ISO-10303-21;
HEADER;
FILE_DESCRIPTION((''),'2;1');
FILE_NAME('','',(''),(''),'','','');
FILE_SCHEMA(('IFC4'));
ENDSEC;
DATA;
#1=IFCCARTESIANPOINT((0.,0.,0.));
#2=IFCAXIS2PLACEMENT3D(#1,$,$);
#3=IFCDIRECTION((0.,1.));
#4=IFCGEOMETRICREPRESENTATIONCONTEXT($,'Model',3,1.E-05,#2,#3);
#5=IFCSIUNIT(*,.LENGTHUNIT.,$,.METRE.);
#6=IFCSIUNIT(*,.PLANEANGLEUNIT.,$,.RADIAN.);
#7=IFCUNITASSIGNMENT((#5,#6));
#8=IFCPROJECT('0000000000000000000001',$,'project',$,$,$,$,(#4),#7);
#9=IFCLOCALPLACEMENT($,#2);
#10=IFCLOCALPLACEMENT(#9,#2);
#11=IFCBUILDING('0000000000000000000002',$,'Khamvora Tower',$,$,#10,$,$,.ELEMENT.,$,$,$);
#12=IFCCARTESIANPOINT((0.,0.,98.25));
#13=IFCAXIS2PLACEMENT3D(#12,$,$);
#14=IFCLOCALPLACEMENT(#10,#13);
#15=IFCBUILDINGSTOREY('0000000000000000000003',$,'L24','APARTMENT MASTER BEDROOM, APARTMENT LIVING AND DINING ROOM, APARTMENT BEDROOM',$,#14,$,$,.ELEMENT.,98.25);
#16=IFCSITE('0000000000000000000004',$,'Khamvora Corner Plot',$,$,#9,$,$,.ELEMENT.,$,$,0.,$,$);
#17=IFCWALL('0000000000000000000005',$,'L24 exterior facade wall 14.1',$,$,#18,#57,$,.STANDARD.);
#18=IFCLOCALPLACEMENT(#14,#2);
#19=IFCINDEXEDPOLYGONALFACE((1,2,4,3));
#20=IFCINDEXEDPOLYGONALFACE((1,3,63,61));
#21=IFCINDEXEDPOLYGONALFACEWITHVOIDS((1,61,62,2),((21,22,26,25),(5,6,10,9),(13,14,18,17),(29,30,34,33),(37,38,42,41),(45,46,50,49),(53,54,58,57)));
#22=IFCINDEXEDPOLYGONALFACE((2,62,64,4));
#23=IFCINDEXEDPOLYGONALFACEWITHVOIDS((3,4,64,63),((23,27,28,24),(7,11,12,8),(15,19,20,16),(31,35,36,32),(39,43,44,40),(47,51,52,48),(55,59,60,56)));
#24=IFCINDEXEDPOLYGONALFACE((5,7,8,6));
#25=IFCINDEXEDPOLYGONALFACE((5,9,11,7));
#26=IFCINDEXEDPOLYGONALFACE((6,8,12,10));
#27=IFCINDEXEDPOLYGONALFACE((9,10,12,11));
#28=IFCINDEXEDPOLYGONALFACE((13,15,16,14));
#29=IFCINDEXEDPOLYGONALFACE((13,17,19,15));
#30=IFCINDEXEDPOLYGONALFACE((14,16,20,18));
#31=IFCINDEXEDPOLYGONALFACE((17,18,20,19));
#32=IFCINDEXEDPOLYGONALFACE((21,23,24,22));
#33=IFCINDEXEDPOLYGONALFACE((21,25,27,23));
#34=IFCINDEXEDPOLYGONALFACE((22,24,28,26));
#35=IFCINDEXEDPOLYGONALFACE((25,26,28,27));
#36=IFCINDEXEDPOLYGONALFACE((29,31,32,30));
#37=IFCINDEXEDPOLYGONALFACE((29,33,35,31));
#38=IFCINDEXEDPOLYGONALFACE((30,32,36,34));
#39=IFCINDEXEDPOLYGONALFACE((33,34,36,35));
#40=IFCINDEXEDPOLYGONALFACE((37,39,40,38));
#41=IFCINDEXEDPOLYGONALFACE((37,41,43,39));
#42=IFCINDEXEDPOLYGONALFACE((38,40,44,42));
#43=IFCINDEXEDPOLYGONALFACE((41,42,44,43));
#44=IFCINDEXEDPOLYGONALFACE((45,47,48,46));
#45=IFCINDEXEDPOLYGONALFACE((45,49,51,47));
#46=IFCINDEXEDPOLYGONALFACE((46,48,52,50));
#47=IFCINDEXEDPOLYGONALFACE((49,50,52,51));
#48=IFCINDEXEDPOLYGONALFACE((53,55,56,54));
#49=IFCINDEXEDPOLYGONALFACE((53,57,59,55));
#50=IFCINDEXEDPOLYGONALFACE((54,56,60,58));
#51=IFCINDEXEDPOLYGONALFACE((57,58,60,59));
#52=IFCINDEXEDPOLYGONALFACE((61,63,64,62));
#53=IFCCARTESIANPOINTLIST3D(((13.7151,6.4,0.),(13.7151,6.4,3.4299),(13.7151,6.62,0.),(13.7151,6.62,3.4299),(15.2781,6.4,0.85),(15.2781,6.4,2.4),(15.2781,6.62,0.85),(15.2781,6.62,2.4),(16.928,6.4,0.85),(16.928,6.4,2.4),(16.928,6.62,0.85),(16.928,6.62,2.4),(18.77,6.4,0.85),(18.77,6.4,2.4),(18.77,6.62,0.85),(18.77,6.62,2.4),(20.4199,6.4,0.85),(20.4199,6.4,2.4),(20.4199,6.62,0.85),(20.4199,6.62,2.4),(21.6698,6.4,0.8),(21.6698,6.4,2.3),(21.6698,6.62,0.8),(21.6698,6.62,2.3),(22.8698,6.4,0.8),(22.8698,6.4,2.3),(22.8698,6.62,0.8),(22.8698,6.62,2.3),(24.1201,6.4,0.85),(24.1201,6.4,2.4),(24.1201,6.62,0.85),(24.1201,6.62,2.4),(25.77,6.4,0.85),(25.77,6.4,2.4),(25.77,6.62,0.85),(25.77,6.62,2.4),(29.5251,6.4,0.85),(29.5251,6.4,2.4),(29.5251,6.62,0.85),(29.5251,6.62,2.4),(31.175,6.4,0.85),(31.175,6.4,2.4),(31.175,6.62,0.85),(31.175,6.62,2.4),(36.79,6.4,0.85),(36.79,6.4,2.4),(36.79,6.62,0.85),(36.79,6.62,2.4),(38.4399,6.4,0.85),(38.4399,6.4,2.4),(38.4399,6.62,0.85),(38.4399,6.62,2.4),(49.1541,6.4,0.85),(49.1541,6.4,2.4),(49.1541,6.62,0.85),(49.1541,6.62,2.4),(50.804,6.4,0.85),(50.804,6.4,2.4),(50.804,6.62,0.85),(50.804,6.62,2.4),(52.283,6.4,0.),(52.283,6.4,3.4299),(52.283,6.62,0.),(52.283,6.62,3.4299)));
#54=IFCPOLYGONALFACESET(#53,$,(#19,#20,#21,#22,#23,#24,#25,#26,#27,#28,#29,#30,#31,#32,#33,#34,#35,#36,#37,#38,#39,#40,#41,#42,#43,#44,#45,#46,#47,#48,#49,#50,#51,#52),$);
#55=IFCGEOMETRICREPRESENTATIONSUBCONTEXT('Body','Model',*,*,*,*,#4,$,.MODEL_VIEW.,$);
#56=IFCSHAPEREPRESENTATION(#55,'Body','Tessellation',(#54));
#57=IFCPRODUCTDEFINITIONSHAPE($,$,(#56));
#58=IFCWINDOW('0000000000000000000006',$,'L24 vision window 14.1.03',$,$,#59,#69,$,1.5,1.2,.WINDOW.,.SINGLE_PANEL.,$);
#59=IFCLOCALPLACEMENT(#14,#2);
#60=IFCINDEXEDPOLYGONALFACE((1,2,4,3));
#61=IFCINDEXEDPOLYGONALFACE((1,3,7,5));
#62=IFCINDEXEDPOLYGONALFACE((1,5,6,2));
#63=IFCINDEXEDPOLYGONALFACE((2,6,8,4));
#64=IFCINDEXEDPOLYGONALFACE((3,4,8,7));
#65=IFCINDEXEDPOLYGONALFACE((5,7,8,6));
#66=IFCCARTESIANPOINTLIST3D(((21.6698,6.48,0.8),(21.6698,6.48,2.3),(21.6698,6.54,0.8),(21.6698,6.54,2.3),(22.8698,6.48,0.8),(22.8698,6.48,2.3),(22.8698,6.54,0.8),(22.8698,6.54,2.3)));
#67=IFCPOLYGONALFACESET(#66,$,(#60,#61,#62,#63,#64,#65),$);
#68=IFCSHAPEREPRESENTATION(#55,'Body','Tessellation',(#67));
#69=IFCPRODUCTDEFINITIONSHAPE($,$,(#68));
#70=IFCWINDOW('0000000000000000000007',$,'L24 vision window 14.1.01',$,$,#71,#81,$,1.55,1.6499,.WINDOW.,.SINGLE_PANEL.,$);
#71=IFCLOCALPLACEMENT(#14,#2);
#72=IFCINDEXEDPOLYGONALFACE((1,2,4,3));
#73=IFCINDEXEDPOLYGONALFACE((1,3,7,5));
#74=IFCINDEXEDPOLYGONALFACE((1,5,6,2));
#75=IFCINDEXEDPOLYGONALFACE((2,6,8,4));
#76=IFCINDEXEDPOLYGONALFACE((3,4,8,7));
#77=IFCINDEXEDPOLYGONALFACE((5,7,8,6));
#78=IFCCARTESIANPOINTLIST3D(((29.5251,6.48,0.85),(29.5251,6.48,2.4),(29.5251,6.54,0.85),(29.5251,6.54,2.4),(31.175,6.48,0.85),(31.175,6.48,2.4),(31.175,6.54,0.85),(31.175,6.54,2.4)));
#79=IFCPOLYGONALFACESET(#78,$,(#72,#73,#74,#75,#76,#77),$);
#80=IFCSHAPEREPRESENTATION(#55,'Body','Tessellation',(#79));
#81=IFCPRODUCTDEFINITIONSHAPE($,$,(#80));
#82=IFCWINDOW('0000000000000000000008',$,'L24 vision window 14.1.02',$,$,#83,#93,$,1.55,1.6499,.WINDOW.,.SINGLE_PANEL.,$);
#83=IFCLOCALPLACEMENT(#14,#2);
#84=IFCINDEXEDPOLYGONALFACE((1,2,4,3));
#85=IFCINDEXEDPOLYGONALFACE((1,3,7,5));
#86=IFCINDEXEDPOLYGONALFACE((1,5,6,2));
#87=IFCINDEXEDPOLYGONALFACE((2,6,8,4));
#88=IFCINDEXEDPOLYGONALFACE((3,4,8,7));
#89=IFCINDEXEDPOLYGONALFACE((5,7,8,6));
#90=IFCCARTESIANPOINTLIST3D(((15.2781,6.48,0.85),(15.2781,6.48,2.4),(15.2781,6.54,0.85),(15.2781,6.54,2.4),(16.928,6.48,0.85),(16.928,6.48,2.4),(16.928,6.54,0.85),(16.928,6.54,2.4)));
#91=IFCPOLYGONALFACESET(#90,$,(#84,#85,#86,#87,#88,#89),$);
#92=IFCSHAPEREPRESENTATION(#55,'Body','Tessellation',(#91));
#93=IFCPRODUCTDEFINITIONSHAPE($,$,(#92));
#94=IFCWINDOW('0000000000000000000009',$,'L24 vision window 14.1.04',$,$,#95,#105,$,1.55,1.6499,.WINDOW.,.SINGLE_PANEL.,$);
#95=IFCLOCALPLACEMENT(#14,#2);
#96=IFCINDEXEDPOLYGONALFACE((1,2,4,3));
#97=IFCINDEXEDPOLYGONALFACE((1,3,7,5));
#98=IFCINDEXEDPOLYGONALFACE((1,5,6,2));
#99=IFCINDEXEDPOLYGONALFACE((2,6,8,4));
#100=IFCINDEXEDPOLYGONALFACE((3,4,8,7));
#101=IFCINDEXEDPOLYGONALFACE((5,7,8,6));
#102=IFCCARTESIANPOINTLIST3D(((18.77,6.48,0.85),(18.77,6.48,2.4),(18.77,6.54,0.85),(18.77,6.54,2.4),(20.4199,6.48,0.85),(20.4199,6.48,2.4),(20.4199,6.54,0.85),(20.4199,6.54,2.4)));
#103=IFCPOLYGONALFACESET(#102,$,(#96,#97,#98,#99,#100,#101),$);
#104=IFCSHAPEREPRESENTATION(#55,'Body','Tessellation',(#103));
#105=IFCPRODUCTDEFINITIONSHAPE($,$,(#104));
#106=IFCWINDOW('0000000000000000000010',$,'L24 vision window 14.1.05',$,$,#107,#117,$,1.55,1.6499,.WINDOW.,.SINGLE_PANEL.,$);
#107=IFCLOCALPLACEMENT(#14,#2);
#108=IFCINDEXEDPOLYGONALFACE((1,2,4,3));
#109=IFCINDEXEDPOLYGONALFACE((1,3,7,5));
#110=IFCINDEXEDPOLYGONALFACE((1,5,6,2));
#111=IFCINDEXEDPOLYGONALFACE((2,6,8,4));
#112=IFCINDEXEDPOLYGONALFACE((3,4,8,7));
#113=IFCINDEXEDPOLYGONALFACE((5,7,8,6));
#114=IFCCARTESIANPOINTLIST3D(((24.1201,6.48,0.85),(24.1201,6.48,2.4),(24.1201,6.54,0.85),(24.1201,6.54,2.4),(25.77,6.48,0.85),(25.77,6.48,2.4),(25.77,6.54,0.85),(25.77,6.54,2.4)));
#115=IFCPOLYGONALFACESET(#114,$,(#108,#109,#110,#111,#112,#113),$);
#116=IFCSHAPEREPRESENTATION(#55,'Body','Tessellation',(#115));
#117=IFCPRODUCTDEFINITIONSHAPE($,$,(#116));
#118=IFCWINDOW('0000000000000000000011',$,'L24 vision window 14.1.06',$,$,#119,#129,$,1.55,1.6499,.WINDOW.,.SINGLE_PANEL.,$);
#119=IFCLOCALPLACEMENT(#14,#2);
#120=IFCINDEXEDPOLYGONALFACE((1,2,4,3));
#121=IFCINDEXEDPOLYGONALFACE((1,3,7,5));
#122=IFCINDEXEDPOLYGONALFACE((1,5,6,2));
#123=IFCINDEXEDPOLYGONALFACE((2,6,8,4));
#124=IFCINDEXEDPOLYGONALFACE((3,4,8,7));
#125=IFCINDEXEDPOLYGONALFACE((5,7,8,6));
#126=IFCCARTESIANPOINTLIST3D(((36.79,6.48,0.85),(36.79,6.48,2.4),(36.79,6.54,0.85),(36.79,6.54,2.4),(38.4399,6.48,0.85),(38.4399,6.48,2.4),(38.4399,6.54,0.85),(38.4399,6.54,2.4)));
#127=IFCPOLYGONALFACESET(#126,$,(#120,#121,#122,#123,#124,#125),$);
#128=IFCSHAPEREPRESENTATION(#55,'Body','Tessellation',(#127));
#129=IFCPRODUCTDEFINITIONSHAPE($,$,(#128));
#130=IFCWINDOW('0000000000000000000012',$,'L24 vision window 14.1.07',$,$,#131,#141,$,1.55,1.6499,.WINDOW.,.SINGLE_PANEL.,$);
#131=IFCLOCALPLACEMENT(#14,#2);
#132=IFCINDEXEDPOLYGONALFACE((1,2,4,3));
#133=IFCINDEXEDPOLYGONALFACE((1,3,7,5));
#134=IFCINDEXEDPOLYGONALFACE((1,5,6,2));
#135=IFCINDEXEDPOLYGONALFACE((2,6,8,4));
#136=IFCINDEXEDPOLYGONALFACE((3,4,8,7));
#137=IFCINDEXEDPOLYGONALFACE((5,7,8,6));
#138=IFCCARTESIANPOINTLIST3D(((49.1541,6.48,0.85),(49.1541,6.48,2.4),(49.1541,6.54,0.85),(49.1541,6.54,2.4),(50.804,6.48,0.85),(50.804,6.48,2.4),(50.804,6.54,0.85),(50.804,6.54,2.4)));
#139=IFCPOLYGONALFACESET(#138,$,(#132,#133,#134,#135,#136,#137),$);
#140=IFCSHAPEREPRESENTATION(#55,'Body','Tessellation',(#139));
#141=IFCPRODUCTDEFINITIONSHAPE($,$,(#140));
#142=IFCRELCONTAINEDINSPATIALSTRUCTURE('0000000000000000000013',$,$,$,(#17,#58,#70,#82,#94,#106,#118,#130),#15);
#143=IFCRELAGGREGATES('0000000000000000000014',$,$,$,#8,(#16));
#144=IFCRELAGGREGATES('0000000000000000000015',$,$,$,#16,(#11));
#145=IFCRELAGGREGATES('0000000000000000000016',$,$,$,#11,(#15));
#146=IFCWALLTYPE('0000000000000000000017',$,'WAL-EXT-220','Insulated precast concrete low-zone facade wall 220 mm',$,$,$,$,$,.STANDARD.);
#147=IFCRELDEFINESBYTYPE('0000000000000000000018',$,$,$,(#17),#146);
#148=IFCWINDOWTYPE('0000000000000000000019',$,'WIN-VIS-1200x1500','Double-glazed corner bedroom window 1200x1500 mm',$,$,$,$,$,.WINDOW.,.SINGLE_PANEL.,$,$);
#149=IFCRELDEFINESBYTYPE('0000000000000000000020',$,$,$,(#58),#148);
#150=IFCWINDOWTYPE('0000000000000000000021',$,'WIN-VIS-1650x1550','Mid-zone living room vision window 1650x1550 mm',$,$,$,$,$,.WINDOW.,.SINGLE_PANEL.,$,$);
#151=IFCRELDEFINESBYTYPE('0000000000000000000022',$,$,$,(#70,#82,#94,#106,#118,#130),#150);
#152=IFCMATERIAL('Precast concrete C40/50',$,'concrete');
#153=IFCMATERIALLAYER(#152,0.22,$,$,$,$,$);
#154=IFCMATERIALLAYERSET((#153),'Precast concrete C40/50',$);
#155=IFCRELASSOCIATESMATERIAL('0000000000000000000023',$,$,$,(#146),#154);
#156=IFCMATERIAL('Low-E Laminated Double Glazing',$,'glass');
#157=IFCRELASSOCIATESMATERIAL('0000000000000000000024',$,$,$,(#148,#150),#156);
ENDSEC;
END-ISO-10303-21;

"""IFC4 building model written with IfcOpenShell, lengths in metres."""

from ifc_helpers import new_model, si_unit, direction, frame, frame_2d, origin, place, context, subcontext, project, spatial, rectangle, extrude, material, layer, layer_set, type_object, element, fill, save


model = new_model("IFC4")

# Units and contexts
model_context = context("Model", 3, precision=1e-05, world=origin(), true_north=direction((0.0, 1.0)))
body_context = subcontext(model_context, "Body", "Model", "MODEL_VIEW")
ifc_project = project(units=[si_unit("LENGTHUNIT", "METRE"), si_unit("PLANEANGLEUNIT", "RADIAN")], contexts=[model_context])

# Site, building, storey
site_placement = place(None, origin())
site = spatial("IfcSite", under=ifc_project, at=site_placement, Name="Khamvora Corner Plot", CompositionType="ELEMENT", RefElevation=0.0)
building_placement = place(site_placement, origin())
building = spatial("IfcBuilding", under=site, at=building_placement, Name="Khamvora Tower", CompositionType="ELEMENT")
storey_placement = place(building_placement, frame((0.0, 0.0, 98.25)))
storey = spatial("IfcBuildingStorey", under=building, at=storey_placement, Name="L24", Description="APARTMENT MASTER BEDROOM, APARTMENT LIVING AND DINING ROOM, APARTMENT BEDROOM", CompositionType="ELEMENT", Elevation=98.25)

# Shared definitions
ifc_material_1 = material(Name="Precast concrete C40/50", Category="concrete")
ifc_layer_1 = layer(ifc_material_1, 0.22)
ifc_layer_set_1 = layer_set([ifc_layer_1], Name="Precast concrete C40/50")
wall_type_1 = type_object("IfcWallType", Name="WAL-EXT-220", Description="Insulated precast concrete low-zone facade wall 220 mm", PredefinedType="STANDARD", material=ifc_layer_set_1)

# Wall, openings, windows
wall_1_placement = place(storey_placement, frame((52.283, 6.51, 0.0), z_axis=(0.0, 0.0, 1.0), x_axis=(-1.0, 0.0, 0.0)))
wall_1 = element("IfcWall", 1, at=wall_1_placement, inside=storey, type_object=wall_type_1, Name="L24 exterior facade wall 14.1", PredefinedType="STANDARD", context=body_context, shape_type="SweptSolid", body=[
    extrude(rectangle(XDim=38.5679, YDim=0.22, at=frame_2d((19.2839, 0.0))), origin(), (0.0, 0.0, 1.0), 3.4299),
])
opening_1_placement = place(wall_1_placement, frame((21.1079, 0.0, 0.8501)))
opening_1 = element("IfcOpeningElement", 2, at=opening_1_placement, cuts=wall_1, PredefinedType="OPENING", context=body_context, shape_type="SweptSolid", body=[
    extrude(rectangle(XDim=1.6499, YDim=1.55, at=frame_2d((0.825, 0.7749))), frame((0.0, 0.1199, 0.0), z_axis=(0.0, -1.0, 0.0), x_axis=(1.0, 0.0, 0.0)), (0.0, 0.0, 1.0), 0.24),
])
opening_2_placement = place(wall_1_placement, frame((35.355, 0.0, 0.8501)))
opening_2 = element("IfcOpeningElement", 3, at=opening_2_placement, cuts=wall_1, PredefinedType="OPENING", context=body_context, shape_type="SweptSolid", body=[
    extrude(rectangle(XDim=1.6499, YDim=1.55, at=frame_2d((0.825, 0.7749))), frame((0.0, 0.1199, 0.0), z_axis=(0.0, -1.0, 0.0), x_axis=(1.0, 0.0, 0.0)), (0.0, 0.0, 1.0), 0.24),
])
opening_3_placement = place(wall_1_placement, frame((29.4131, 0.0, 0.8)))
opening_3 = element("IfcOpeningElement", 4, at=opening_3_placement, cuts=wall_1, PredefinedType="OPENING", context=body_context, shape_type="SweptSolid", body=[
    extrude(rectangle(XDim=1.2, YDim=1.5, at=frame_2d((0.6001, 0.75))), frame((0.0, 0.1199, 0.0), z_axis=(0.0, -1.0, 0.0), x_axis=(1.0, 0.0, 0.0)), (0.0, 0.0, 1.0), 0.24),
])
opening_4_placement = place(wall_1_placement, frame((31.863, 0.0, 0.8501)))
opening_4 = element("IfcOpeningElement", 5, at=opening_4_placement, cuts=wall_1, PredefinedType="OPENING", context=body_context, shape_type="SweptSolid", body=[
    extrude(rectangle(XDim=1.6499, YDim=1.55, at=frame_2d((0.825, 0.7749))), frame((0.0, 0.1199, 0.0), z_axis=(0.0, -1.0, 0.0), x_axis=(1.0, 0.0, 0.0)), (0.0, 0.0, 1.0), 0.24),
])
opening_5_placement = place(wall_1_placement, frame((26.5129, 0.0, 0.8501)))
opening_5 = element("IfcOpeningElement", 6, at=opening_5_placement, cuts=wall_1, PredefinedType="OPENING", context=body_context, shape_type="SweptSolid", body=[
    extrude(rectangle(XDim=1.6499, YDim=1.55, at=frame_2d((0.825, 0.7749))), frame((0.0, 0.1199, 0.0), z_axis=(0.0, -1.0, 0.0), x_axis=(1.0, 0.0, 0.0)), (0.0, 0.0, 1.0), 0.24),
])
opening_6_placement = place(wall_1_placement, frame((13.843, 0.0, 0.8501)))
opening_6 = element("IfcOpeningElement", 7, at=opening_6_placement, cuts=wall_1, PredefinedType="OPENING", context=body_context, shape_type="SweptSolid", body=[
    extrude(rectangle(XDim=1.6499, YDim=1.55, at=frame_2d((0.825, 0.7749))), frame((0.0, 0.1199, 0.0), z_axis=(0.0, -1.0, 0.0), x_axis=(1.0, 0.0, 0.0)), (0.0, 0.0, 1.0), 0.24),
])
opening_7_placement = place(wall_1_placement, frame((1.479, 0.0, 0.8501)))
opening_7 = element("IfcOpeningElement", 8, at=opening_7_placement, cuts=wall_1, PredefinedType="OPENING", context=body_context, shape_type="SweptSolid", body=[
    extrude(rectangle(XDim=1.6499, YDim=1.55, at=frame_2d((0.825, 0.7749))), frame((0.0, 0.1199, 0.0), z_axis=(0.0, -1.0, 0.0), x_axis=(1.0, 0.0, 0.0)), (0.0, 0.0, 1.0), 0.24),
])
ifc_material_2 = material(Name="Low-E Laminated Double Glazing", Category="glass")
window_type_1 = type_object("IfcWindowType", Name="WIN-VIS-1200x1500", Description="Double-glazed corner bedroom window 1200x1500 mm", PartitioningType="SINGLE_PANEL", PredefinedType="WINDOW", material=ifc_material_2)
window_1_placement = place(opening_3_placement, origin())
window_1 = element("IfcWindow", 9, at=window_1_placement, inside=storey, type_object=window_type_1, Name="L24 vision window 14.1.03", OverallHeight=1.5, OverallWidth=1.2, PartitioningType="SINGLE_PANEL", PredefinedType="WINDOW", context=body_context, shape_type="SweptSolid", body=[
    extrude(rectangle(XDim=1.2, YDim=1.5, at=frame_2d((0.6001, 0.75))), frame((0.0, 0.03, 0.0), z_axis=(0.0, -1.0, 0.0), x_axis=(1.0, 0.0, 0.0)), (0.0, 0.0, 1.0), 0.0601),
])
fill(opening_3, window_1)
window_type_2 = type_object("IfcWindowType", Name="WIN-VIS-1650x1550", Description="Mid-zone living room vision window 1650x1550 mm", PartitioningType="SINGLE_PANEL", PredefinedType="WINDOW", material=ifc_material_2)
window_2_placement = place(opening_1_placement, origin())
window_2 = element("IfcWindow", 10, at=window_2_placement, inside=storey, type_object=window_type_2, Name="L24 vision window 14.1.01", OverallHeight=1.55, OverallWidth=1.6499, PartitioningType="SINGLE_PANEL", PredefinedType="WINDOW", context=body_context, shape_type="SweptSolid", body=[
    extrude(rectangle(XDim=1.6499, YDim=1.55, at=frame_2d((0.825, 0.7749))), frame((0.0, 0.03, 0.0), z_axis=(0.0, -1.0, 0.0), x_axis=(1.0, 0.0, 0.0)), (0.0, 0.0, 1.0), 0.0601),
])
fill(opening_1, window_2)
window_3_placement = place(opening_2_placement, origin())
window_3 = element("IfcWindow", 11, at=window_3_placement, inside=storey, type_object=window_type_2, Name="L24 vision window 14.1.02", OverallHeight=1.55, OverallWidth=1.6499, PartitioningType="SINGLE_PANEL", PredefinedType="WINDOW", context=body_context, shape_type="SweptSolid", body=[
    extrude(rectangle(XDim=1.6499, YDim=1.55, at=frame_2d((0.825, 0.7749))), frame((0.0, 0.03, 0.0), z_axis=(0.0, -1.0, 0.0), x_axis=(1.0, 0.0, 0.0)), (0.0, 0.0, 1.0), 0.0601),
])
fill(opening_2, window_3)
window_4_placement = place(opening_4_placement, origin())
window_4 = element("IfcWindow", 12, at=window_4_placement, inside=storey, type_object=window_type_2, Name="L24 vision window 14.1.04", OverallHeight=1.55, OverallWidth=1.6499, PartitioningType="SINGLE_PANEL", PredefinedType="WINDOW", context=body_context, shape_type="SweptSolid", body=[
    extrude(rectangle(XDim=1.6499, YDim=1.55, at=frame_2d((0.825, 0.7749))), frame((0.0, 0.03, 0.0), z_axis=(0.0, -1.0, 0.0), x_axis=(1.0, 0.0, 0.0)), (0.0, 0.0, 1.0), 0.0601),
])
fill(opening_4, window_4)
window_5_placement = place(opening_5_placement, origin())
window_5 = element("IfcWindow", 13, at=window_5_placement, inside=storey, type_object=window_type_2, Name="L24 vision window 14.1.05", OverallHeight=1.55, OverallWidth=1.6499, PartitioningType="SINGLE_PANEL", PredefinedType="WINDOW", context=body_context, shape_type="SweptSolid", body=[
    extrude(rectangle(XDim=1.6499, YDim=1.55, at=frame_2d((0.825, 0.7749))), frame((0.0, 0.03, 0.0), z_axis=(0.0, -1.0, 0.0), x_axis=(1.0, 0.0, 0.0)), (0.0, 0.0, 1.0), 0.0601),
])
fill(opening_5, window_5)
window_6_placement = place(opening_6_placement, origin())
window_6 = element("IfcWindow", 14, at=window_6_placement, inside=storey, type_object=window_type_2, Name="L24 vision window 14.1.06", OverallHeight=1.55, OverallWidth=1.6499, PartitioningType="SINGLE_PANEL", PredefinedType="WINDOW", context=body_context, shape_type="SweptSolid", body=[
    extrude(rectangle(XDim=1.6499, YDim=1.55, at=frame_2d((0.825, 0.7749))), frame((0.0, 0.03, 0.0), z_axis=(0.0, -1.0, 0.0), x_axis=(1.0, 0.0, 0.0)), (0.0, 0.0, 1.0), 0.0601),
])
fill(opening_6, window_6)
window_7_placement = place(opening_7_placement, origin())
window_7 = element("IfcWindow", 15, at=window_7_placement, inside=storey, type_object=window_type_2, Name="L24 vision window 14.1.07", OverallHeight=1.55, OverallWidth=1.6499, PartitioningType="SINGLE_PANEL", PredefinedType="WINDOW", context=body_context, shape_type="SweptSolid", body=[
    extrude(rectangle(XDim=1.6499, YDim=1.55, at=frame_2d((0.825, 0.7749))), frame((0.0, 0.03, 0.0), z_axis=(0.0, -1.0, 0.0), x_axis=(1.0, 0.0, 0.0)), (0.0, 0.0, 1.0), 0.0601),
])
fill(opening_7, window_7)

save(model, "model.ifc")
